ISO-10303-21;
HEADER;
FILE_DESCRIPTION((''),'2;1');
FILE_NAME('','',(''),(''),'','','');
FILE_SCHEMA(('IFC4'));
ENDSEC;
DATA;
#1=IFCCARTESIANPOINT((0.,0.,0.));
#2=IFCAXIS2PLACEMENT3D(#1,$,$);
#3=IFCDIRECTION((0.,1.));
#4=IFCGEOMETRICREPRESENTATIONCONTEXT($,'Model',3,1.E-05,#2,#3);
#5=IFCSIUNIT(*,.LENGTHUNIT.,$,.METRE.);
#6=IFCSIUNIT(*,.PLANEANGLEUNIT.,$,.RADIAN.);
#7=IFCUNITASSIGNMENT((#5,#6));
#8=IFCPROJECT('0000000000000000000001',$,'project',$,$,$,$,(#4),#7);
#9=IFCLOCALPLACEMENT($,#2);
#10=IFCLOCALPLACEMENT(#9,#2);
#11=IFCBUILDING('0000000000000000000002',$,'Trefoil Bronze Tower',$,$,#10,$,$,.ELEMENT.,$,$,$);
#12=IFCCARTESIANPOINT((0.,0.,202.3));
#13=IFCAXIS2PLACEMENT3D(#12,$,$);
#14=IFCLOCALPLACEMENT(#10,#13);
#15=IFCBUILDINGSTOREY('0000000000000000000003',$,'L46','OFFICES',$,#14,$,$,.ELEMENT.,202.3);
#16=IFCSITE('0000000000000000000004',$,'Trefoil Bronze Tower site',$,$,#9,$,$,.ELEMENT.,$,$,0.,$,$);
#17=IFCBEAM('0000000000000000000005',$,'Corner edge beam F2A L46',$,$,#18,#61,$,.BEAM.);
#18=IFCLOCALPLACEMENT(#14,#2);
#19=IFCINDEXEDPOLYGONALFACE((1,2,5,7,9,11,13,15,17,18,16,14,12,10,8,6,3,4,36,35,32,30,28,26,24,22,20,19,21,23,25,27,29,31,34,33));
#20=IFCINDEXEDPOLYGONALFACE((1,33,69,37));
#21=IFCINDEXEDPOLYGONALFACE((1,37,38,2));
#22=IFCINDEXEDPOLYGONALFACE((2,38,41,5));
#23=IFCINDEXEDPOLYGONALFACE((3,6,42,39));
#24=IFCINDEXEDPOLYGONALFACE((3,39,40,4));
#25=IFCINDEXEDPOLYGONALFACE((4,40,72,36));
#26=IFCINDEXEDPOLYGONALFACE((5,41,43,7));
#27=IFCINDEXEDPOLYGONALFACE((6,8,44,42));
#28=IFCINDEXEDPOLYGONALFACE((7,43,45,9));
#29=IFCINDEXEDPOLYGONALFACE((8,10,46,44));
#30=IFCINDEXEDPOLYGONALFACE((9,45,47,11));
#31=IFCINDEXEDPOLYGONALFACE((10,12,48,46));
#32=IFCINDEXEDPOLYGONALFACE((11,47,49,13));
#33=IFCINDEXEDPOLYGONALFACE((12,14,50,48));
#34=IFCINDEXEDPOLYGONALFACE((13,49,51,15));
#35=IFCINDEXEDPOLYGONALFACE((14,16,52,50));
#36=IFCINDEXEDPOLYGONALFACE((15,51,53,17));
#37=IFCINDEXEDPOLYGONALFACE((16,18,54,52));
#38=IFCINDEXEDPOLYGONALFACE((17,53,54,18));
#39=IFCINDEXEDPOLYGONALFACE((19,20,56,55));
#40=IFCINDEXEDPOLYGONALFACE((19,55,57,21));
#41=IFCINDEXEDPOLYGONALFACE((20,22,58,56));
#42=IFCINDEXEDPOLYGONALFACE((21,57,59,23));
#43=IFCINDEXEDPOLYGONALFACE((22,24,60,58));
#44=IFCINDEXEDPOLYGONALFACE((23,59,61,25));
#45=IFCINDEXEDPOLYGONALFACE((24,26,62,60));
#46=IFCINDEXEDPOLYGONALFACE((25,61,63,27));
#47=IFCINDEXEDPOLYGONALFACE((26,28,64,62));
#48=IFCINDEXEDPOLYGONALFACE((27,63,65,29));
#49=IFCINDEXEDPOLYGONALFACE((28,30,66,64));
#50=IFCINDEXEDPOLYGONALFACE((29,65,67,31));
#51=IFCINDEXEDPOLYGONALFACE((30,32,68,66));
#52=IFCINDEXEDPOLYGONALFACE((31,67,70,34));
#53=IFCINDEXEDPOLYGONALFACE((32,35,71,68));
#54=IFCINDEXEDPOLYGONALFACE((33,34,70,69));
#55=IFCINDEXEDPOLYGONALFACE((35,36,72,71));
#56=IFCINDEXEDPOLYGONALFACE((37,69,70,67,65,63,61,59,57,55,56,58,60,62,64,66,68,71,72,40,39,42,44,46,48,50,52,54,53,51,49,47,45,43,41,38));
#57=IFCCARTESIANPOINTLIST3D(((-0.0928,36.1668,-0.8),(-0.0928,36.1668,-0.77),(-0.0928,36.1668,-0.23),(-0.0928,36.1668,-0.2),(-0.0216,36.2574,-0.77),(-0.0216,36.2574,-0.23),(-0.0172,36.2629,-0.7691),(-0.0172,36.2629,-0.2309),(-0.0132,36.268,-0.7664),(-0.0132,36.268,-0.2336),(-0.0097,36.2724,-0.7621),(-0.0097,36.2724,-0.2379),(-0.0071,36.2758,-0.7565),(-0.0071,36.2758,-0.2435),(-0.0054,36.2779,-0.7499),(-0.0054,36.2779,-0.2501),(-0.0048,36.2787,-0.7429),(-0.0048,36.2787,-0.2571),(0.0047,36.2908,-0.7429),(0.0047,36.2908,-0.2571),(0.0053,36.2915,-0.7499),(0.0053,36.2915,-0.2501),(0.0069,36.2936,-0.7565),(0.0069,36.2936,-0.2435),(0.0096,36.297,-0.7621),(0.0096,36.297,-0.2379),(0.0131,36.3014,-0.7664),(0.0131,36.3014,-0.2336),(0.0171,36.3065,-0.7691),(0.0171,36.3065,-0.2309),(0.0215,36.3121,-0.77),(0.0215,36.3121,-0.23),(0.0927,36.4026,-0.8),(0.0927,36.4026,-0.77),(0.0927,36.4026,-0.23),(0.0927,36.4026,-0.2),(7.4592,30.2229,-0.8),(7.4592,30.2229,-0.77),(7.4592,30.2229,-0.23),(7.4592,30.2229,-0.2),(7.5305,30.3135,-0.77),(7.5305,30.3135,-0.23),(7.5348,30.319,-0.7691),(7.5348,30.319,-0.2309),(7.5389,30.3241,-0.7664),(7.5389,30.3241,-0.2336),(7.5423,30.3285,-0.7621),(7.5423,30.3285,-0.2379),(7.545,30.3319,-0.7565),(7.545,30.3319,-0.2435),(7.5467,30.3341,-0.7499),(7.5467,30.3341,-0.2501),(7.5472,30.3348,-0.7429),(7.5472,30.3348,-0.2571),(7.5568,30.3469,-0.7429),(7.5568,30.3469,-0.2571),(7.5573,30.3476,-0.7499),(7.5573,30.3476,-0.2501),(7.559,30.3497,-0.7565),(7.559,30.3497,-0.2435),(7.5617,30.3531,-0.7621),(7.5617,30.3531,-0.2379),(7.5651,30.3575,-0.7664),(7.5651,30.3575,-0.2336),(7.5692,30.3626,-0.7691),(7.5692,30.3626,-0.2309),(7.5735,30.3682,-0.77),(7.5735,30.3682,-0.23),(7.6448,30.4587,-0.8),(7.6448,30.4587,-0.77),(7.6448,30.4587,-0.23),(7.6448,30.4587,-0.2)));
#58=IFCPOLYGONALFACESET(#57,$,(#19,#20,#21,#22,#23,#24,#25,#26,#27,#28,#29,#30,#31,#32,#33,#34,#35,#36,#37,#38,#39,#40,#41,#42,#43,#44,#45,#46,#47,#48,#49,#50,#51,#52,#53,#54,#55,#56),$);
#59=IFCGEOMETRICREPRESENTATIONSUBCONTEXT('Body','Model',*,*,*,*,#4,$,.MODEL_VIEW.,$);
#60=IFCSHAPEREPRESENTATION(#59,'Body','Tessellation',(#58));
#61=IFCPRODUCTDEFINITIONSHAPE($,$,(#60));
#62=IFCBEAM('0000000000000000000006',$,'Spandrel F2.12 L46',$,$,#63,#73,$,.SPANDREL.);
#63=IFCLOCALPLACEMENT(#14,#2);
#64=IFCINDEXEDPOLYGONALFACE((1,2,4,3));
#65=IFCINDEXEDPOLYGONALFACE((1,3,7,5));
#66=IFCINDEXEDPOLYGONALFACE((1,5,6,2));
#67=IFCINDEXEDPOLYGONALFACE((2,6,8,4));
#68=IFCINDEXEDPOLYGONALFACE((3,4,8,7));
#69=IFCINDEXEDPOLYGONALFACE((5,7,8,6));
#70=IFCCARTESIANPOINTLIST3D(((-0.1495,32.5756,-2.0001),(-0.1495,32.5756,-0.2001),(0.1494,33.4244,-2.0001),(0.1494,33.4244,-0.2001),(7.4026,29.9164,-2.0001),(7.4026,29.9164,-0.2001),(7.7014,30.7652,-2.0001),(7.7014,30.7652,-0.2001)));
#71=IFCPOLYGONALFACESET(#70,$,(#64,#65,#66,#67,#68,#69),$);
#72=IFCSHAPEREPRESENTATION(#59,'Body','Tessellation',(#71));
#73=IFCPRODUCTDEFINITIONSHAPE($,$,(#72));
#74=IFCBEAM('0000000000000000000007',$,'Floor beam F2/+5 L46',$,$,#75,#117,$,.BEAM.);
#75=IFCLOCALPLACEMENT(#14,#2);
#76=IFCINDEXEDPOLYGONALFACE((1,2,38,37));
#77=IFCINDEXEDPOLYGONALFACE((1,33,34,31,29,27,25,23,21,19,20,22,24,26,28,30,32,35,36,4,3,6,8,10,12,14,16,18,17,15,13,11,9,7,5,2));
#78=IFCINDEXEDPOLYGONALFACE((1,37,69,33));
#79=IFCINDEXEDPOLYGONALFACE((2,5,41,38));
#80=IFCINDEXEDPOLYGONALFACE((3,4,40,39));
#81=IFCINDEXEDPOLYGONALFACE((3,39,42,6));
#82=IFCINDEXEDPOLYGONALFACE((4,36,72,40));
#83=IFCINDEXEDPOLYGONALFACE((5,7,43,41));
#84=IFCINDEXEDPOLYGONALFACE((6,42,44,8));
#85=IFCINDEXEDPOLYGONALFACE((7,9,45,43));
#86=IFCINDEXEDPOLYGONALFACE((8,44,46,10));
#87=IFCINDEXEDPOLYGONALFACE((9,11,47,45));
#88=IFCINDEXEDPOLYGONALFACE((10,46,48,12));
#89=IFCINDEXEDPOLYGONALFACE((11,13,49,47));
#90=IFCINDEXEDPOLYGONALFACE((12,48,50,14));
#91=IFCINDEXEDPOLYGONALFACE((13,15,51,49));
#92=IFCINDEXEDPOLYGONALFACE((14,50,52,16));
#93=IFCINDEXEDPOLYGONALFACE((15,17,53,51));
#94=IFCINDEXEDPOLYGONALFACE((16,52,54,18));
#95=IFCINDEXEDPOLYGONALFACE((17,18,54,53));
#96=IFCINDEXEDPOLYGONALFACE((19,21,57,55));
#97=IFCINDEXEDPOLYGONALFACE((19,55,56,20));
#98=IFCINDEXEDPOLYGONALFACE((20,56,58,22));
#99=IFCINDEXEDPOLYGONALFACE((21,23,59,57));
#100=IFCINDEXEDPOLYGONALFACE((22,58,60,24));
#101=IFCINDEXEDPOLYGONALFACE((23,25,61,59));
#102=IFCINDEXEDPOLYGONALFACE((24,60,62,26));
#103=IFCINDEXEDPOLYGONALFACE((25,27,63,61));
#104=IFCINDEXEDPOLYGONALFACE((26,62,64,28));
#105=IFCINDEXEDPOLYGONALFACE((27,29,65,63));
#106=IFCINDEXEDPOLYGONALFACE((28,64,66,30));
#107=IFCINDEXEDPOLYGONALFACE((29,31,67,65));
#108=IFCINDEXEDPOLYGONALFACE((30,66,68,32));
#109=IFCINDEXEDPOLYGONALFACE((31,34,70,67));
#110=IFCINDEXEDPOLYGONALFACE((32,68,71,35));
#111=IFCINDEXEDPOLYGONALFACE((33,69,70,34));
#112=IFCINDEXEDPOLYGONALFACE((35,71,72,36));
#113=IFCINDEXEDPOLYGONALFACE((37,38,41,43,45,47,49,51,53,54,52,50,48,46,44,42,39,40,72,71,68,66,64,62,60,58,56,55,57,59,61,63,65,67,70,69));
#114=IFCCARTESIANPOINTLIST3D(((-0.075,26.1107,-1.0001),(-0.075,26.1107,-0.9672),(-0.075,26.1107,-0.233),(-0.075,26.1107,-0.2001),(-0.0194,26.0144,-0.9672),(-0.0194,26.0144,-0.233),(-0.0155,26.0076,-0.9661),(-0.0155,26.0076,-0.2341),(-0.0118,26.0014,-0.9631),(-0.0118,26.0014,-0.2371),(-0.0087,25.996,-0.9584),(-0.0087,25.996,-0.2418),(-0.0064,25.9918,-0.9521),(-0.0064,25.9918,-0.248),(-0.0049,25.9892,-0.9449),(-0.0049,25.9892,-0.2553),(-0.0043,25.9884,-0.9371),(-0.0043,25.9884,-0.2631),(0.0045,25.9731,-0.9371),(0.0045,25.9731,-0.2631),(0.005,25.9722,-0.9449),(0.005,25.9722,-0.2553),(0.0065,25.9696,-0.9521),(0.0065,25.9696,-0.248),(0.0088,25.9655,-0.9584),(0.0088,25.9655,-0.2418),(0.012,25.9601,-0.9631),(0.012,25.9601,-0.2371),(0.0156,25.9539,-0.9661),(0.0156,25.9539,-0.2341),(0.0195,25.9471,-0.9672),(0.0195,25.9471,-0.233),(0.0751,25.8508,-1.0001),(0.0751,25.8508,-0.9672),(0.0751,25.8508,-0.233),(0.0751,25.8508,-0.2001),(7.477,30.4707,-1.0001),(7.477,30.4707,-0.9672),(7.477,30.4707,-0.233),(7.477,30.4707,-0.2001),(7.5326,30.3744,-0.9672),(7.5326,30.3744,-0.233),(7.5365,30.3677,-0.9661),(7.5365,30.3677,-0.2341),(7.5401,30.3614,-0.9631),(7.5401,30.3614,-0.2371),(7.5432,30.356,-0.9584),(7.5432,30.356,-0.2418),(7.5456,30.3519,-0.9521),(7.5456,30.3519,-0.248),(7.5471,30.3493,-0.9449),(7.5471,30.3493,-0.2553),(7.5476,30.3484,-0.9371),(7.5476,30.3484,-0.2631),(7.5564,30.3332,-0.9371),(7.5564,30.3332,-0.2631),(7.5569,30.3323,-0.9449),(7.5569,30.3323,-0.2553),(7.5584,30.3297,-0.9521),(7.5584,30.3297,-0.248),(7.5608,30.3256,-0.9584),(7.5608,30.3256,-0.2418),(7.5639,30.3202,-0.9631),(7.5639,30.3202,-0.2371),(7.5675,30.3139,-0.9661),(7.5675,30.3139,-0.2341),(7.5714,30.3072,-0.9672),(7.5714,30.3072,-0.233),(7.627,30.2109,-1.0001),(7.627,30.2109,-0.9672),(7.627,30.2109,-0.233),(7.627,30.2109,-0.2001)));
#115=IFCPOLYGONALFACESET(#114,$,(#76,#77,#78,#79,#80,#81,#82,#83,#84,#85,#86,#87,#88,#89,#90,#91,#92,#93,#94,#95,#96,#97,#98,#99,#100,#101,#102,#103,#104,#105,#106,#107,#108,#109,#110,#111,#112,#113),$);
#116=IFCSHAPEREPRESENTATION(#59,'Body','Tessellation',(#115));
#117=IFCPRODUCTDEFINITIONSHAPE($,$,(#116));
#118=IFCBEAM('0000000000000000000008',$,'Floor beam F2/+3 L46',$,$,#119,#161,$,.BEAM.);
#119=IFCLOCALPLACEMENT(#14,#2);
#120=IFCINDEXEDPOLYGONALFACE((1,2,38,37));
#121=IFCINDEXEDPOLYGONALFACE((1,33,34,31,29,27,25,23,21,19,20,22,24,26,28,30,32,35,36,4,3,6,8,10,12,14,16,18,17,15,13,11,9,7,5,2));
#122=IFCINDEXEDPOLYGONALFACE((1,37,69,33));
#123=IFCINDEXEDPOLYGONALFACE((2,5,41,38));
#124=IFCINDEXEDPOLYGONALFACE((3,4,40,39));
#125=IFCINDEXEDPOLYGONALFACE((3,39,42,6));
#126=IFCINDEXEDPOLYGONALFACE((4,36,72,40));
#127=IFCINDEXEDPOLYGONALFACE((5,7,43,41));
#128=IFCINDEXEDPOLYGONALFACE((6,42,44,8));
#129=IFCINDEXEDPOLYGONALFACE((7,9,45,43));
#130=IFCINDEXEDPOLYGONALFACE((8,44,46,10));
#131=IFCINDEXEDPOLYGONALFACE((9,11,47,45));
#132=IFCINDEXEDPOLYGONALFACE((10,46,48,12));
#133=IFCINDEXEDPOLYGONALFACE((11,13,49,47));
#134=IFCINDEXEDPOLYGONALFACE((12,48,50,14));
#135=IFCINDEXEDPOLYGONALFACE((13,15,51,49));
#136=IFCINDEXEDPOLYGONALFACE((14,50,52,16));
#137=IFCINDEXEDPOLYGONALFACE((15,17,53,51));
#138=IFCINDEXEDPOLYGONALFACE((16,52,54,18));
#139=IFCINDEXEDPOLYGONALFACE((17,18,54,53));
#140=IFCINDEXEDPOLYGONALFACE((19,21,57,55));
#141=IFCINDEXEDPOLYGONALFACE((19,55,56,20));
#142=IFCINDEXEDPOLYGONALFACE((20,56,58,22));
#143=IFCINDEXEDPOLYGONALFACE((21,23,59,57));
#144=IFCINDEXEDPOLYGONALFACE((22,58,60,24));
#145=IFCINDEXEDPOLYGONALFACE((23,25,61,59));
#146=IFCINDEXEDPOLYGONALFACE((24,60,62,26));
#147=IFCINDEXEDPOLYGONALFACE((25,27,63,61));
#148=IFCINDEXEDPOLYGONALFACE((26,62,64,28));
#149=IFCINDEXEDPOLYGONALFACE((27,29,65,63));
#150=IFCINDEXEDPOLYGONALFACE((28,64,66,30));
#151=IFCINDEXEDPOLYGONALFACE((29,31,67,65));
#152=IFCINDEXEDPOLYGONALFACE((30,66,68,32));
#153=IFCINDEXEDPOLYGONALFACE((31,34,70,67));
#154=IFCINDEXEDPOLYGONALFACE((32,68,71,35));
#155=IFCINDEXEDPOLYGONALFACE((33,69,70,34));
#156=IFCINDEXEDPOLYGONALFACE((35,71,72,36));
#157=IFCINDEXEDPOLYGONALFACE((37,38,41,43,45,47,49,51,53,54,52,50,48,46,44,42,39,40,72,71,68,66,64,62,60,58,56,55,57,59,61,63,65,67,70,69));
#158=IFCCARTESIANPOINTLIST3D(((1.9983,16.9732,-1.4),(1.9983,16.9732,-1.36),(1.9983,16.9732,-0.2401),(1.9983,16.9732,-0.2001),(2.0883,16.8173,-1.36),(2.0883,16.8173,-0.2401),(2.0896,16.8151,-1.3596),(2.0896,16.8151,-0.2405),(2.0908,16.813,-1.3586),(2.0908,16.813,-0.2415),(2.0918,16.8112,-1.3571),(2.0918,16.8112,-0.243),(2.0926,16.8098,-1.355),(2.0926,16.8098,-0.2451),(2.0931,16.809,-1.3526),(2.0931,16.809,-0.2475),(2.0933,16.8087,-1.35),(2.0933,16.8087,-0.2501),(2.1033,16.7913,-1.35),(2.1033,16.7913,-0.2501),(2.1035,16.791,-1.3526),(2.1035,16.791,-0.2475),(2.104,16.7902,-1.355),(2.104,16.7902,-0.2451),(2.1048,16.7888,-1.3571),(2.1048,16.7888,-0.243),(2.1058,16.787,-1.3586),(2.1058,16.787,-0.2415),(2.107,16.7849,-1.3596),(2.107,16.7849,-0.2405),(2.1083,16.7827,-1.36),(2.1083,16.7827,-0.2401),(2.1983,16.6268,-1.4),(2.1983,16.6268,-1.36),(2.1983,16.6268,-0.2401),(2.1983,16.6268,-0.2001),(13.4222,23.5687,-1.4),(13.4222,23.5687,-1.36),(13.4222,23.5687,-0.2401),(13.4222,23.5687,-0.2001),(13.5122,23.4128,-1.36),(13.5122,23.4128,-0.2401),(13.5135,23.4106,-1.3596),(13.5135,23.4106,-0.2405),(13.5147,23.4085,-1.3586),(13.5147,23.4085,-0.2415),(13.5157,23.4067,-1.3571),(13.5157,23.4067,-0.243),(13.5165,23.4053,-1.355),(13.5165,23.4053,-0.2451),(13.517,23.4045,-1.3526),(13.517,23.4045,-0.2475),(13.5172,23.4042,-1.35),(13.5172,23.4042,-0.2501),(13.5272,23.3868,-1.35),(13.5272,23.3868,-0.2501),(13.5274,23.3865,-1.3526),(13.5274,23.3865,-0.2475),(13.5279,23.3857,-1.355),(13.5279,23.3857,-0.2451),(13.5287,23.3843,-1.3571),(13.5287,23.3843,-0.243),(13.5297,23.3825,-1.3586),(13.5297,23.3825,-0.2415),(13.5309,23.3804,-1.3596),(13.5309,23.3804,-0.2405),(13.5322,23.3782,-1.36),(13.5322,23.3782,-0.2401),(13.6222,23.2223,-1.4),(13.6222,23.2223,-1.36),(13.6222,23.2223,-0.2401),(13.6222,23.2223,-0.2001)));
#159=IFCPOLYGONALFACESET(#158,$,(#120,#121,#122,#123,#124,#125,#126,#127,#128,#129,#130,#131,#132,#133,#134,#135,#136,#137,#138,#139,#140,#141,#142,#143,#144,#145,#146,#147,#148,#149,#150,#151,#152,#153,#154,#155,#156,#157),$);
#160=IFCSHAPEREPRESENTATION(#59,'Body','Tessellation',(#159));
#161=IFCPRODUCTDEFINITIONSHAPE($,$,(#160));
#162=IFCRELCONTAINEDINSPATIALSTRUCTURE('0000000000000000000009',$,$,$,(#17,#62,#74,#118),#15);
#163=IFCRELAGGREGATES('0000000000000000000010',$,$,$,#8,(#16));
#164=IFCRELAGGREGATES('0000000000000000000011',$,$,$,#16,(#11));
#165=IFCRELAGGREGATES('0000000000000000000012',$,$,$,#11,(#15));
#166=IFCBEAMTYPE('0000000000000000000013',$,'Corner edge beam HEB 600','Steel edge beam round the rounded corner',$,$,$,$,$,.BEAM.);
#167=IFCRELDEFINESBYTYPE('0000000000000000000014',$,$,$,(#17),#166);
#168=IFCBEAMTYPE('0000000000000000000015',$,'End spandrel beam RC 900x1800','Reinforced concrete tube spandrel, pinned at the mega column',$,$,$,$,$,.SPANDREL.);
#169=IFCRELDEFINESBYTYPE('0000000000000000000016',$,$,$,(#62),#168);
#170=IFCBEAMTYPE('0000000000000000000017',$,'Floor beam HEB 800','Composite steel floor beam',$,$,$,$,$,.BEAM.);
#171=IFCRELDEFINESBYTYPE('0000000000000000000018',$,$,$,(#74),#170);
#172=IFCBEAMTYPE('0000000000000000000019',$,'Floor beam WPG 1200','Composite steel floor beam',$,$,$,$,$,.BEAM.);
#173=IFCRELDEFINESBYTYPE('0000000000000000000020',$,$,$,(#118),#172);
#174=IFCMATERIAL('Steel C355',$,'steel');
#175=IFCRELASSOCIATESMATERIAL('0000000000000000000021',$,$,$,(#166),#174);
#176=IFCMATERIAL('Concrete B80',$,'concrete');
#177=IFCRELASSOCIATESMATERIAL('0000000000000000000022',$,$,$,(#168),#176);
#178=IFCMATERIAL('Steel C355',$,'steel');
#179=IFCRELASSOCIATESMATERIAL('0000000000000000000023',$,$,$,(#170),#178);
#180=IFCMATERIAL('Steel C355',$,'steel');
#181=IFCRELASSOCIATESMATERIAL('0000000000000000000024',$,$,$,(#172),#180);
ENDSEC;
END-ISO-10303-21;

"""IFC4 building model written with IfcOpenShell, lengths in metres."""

from ifc_helpers import new_model, si_unit, direction, frame, origin, origin_2d, place, context, subcontext, project, spatial, rectangle, i_section, extrude, material, material_profile, profile_set, type_object, element, save


model = new_model("IFC4")

# Units and contexts
model_context = context("Model", 3, precision=1e-05, world=origin(), true_north=direction((0.0, 1.0)))
body_context = subcontext(model_context, "Body", "Model", "MODEL_VIEW")
ifc_project = project(units=[si_unit("LENGTHUNIT", "METRE"), si_unit("PLANEANGLEUNIT", "RADIAN")], contexts=[model_context])

# Site, building, storey
site_placement = place(None, origin())
site = spatial("IfcSite", under=ifc_project, at=site_placement, Name="Trefoil Bronze Tower site", CompositionType="ELEMENT", RefElevation=0.0)
building_placement = place(site_placement, origin())
building = spatial("IfcBuilding", under=site, at=building_placement, Name="Trefoil Bronze Tower", CompositionType="ELEMENT")
storey_placement = place(building_placement, frame((0.0, 0.0, 202.3)))
storey = spatial("IfcBuildingStorey", under=building, at=storey_placement, Name="L46", Description="OFFICES", CompositionType="ELEMENT", Elevation=202.3)

# Beams
ifc_material_1 = material(Name="Steel C355", Category="steel")
ifc_material_profile_1 = material_profile(ifc_material_1, i_section(OverallWidth=0.3, OverallDepth=0.6001, WebThickness=0.0154, FlangeThickness=0.03, FilletRadius=0.0271, at=origin_2d()), Name="HEB 600")
ifc_profile_set_1 = profile_set([ifc_material_profile_1], Name="Steel C355")
beam_type_1 = type_object("IfcBeamType", Name="Corner edge beam HEB 600", Description="Steel edge beam round the rounded corner", PredefinedType="BEAM", material=ifc_profile_set_1)
beam_1_placement = place(storey_placement, frame((7.552, 30.3408, -0.5), z_axis=(-0.785806, 0.618473, 0.0), x_axis=(-0.618473, -0.785806, 0.0)))
element("IfcBeam", 1, at=beam_1_placement, inside=storey, type_object=beam_type_1, Name="Corner edge beam F2A L46", PredefinedType="BEAM", context=body_context, shape_type="SweptSolid", body=[
    extrude(i_section(OverallWidth=0.3, OverallDepth=0.6001, WebThickness=0.0154, FlangeThickness=0.03, FilletRadius=0.0271, at=origin_2d()), origin(), (0.0, 0.0, 1.0), 9.6106),
])
ifc_material_2 = material(Name="Concrete B80", Category="concrete")
ifc_material_profile_2 = material_profile(ifc_material_2, rectangle(XDim=0.8999, YDim=1.8, at=origin_2d()), Name="RC 900x1800")
ifc_profile_set_2 = profile_set([ifc_material_profile_2], Name="Concrete B80")
beam_type_2 = type_object("IfcBeamType", Name="End spandrel beam RC 900x1800", Description="Reinforced concrete tube spandrel, pinned at the mega column", PredefinedType="SPANDREL", material=ifc_profile_set_2)
beam_2_placement = place(storey_placement, frame((7.552, 30.3408, -1.1001), z_axis=(-0.943234, 0.332128, 0.0), x_axis=(-0.332128, -0.943234, 0.0)))
element("IfcBeam", 2, at=beam_2_placement, inside=storey, type_object=beam_type_2, Name="Spandrel F2.12 L46", PredefinedType="SPANDREL", context=body_context, shape_type="SweptSolid", body=[
    extrude(rectangle(XDim=0.8999, YDim=1.8, at=origin_2d()), origin(), (0.0, 0.0, 1.0), 8.0066),
])
ifc_material_3 = material(Name="Steel C355", Category="steel")
ifc_material_profile_3 = material_profile(ifc_material_3, i_section(OverallWidth=0.3, OverallDepth=0.8, WebThickness=0.0176, FlangeThickness=0.033, FilletRadius=0.03, at=origin_2d()), Name="HEB 800")
ifc_profile_set_3 = profile_set([ifc_material_profile_3], Name="Steel C355")
beam_type_3 = type_object("IfcBeamType", Name="Floor beam HEB 800", Description="Composite steel floor beam", PredefinedType="BEAM", material=ifc_profile_set_3)
beam_3_placement = place(storey_placement, frame((7.552, 30.3408, -0.6001), z_axis=(-0.866028, -0.499996, 0.0), x_axis=(0.499996, -0.866028, 0.0)))
element("IfcBeam", 3, at=beam_3_placement, inside=storey, type_object=beam_type_3, Name="Floor beam F2/+5 L46", PredefinedType="BEAM", context=body_context, shape_type="SweptSolid", body=[
    extrude(i_section(OverallWidth=0.3, OverallDepth=0.8, WebThickness=0.0176, FlangeThickness=0.033, FilletRadius=0.03, at=origin_2d()), origin(), (0.0, 0.0, 1.0), 8.7202),
])
ifc_material_4 = material(Name="Steel C355", Category="steel")
ifc_material_profile_4 = material_profile(ifc_material_4, i_section(OverallWidth=0.3999, OverallDepth=1.2, WebThickness=0.02, FlangeThickness=0.04, FilletRadius=0.01, at=origin_2d()), Name="WPG 1200")
ifc_profile_set_4 = profile_set([ifc_material_profile_4], Name="Steel C355")
beam_type_4 = type_object("IfcBeamType", Name="Floor beam WPG 1200", Description="Composite steel floor beam", PredefinedType="BEAM", material=ifc_profile_set_4)
beam_4_placement = place(storey_placement, frame((13.5222, 23.3955, -0.8), z_axis=(-0.866028, -0.499995, 0.0), x_axis=(0.499995, -0.866028, 0.0)))
element("IfcBeam", 4, at=beam_4_placement, inside=storey, type_object=beam_type_4, Name="Floor beam F2/+3 L46", PredefinedType="BEAM", context=body_context, shape_type="SweptSolid", body=[
    extrude(i_section(OverallWidth=0.3999, OverallDepth=1.2, WebThickness=0.02, FlangeThickness=0.04, FilletRadius=0.01, at=origin_2d()), origin(), (0.0, 0.0, 1.0), 13.1912),
])

save(model, "model.ifc")
